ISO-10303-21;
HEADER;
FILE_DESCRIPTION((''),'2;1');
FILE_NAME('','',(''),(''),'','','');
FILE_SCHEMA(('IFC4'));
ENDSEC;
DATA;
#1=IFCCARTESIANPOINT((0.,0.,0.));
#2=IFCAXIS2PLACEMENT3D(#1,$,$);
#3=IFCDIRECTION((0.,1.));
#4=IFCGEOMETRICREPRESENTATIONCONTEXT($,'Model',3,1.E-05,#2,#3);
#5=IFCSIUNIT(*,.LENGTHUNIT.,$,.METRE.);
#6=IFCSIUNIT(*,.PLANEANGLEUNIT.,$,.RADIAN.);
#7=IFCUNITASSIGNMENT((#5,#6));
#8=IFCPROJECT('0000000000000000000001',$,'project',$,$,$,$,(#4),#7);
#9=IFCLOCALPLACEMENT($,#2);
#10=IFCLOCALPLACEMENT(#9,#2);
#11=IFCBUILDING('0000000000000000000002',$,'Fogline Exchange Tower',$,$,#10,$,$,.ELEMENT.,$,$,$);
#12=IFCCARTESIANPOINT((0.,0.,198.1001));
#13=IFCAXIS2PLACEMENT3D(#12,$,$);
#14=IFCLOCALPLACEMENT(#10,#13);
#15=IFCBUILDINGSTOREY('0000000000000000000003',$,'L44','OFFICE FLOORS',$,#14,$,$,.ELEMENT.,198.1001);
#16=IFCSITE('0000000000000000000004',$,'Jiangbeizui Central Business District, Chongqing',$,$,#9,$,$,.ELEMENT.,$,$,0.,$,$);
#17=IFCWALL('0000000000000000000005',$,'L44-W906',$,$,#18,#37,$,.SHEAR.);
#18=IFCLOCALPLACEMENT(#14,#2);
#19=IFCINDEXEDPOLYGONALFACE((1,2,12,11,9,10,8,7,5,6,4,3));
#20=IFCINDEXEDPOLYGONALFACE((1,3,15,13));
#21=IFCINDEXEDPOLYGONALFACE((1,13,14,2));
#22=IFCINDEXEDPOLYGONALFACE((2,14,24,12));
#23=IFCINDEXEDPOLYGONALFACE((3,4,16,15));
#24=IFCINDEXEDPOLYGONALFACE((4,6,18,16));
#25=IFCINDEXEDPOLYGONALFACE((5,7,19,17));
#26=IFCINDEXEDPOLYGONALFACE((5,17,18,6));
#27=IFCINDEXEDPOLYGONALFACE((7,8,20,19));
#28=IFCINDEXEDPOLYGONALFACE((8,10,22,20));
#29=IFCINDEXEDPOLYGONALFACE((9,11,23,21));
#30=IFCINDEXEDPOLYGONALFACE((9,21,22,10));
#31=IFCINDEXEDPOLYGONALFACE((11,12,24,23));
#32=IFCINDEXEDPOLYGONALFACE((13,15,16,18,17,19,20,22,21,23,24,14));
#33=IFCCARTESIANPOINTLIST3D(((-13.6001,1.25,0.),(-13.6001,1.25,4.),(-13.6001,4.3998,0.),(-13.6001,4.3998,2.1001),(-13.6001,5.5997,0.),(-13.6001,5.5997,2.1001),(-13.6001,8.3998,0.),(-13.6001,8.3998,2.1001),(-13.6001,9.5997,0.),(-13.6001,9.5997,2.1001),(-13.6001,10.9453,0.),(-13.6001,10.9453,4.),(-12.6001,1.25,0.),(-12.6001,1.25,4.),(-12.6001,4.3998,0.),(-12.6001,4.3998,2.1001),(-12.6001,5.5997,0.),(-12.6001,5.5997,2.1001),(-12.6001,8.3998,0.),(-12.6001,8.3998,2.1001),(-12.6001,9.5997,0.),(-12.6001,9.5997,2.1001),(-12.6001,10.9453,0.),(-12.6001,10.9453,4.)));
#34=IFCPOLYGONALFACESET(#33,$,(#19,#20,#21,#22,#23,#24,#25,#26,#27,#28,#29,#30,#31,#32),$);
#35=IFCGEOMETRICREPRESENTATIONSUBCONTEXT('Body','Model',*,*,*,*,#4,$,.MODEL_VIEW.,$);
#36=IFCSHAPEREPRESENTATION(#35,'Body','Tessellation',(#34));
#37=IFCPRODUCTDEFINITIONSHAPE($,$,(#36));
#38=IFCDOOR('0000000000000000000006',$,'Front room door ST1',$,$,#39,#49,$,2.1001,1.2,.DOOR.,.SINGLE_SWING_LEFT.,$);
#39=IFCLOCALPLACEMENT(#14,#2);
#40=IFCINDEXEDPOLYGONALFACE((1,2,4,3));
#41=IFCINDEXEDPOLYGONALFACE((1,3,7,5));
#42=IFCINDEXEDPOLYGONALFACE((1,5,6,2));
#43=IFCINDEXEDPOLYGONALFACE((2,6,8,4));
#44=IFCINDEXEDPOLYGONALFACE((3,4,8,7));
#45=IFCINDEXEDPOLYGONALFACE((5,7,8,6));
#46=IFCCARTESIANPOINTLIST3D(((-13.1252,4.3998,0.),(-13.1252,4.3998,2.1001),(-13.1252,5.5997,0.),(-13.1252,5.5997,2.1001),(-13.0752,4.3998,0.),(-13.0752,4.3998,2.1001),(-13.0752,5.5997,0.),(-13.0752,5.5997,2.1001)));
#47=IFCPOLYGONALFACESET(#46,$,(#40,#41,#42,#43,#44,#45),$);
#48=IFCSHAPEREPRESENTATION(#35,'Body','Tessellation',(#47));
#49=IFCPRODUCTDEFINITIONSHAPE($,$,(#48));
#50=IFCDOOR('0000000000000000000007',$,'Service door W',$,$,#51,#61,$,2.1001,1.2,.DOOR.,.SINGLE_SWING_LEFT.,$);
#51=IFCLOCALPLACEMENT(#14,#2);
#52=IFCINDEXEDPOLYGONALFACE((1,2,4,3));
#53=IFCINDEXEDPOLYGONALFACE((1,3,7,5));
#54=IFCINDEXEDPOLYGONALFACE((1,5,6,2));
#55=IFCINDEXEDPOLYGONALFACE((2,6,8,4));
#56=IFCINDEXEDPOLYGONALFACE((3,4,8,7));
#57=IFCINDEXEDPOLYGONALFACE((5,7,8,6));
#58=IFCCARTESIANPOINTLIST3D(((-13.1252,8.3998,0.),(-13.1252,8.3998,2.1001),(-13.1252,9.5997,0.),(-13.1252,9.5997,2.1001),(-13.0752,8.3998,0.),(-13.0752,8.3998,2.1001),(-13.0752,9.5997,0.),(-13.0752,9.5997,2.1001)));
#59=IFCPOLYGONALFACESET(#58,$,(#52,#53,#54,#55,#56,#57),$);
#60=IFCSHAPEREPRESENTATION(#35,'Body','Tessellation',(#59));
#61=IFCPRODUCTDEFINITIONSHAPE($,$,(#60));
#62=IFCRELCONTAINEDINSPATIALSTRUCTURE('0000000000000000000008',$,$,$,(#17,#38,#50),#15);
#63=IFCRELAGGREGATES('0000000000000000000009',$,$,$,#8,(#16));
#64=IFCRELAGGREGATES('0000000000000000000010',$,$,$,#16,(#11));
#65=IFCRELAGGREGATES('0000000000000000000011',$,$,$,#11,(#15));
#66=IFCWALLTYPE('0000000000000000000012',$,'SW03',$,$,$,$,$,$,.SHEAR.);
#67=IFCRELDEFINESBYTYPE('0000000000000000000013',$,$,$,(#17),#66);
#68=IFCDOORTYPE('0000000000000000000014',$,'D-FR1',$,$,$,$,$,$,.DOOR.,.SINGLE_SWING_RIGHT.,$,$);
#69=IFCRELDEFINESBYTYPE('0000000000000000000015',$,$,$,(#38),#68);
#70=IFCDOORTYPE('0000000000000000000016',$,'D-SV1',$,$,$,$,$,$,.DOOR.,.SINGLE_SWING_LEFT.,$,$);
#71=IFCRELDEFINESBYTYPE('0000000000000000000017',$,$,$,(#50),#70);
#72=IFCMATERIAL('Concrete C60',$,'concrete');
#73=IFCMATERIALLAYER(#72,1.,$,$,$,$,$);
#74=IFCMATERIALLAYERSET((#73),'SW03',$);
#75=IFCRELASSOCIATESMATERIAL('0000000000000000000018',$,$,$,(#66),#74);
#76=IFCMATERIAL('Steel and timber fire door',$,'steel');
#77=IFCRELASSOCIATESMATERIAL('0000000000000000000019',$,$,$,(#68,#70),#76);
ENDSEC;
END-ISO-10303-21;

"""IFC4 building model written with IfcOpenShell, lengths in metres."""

from ifc_helpers import new_model, si_unit, direction, frame, frame_2d, origin, place, context, subcontext, project, spatial, rectangle, extrude, material, layer, layer_set, type_object, element, fill, save


model = new_model("IFC4")

# Units and contexts
model_context = context("Model", 3, precision=1e-05, world=origin(), true_north=direction((0.0, 1.0)))
body_context = subcontext(model_context, "Body", "Model", "MODEL_VIEW")
ifc_project = project(units=[si_unit("LENGTHUNIT", "METRE"), si_unit("PLANEANGLEUNIT", "RADIAN")], contexts=[model_context])

# Site, building, storey
site_placement = place(None, origin())
site = spatial("IfcSite", under=ifc_project, at=site_placement, Name="Jiangbeizui Central Business District, Chongqing", CompositionType="ELEMENT", RefElevation=0.0)
building_placement = place(site_placement, origin())
building = spatial("IfcBuilding", under=site, at=building_placement, Name="Fogline Exchange Tower", CompositionType="ELEMENT")
storey_placement = place(building_placement, frame((0.0, 0.0, 198.1001)))
storey = spatial("IfcBuildingStorey", under=building, at=storey_placement, Name="L44", Description="OFFICE FLOORS", CompositionType="ELEMENT", Elevation=198.1001)

# Shared definitions
ifc_material_1 = material(Name="Steel and timber fire door", Category="steel")

# Shared definitions
ifc_material_2 = material(Name="Concrete C60", Category="concrete")
ifc_layer_1 = layer(ifc_material_2, 1.0)
ifc_layer_set_1 = layer_set([ifc_layer_1], Name="SW03")
wall_type_1 = type_object("IfcWallType", Name="SW03", PredefinedType="SHEAR", material=ifc_layer_set_1)

# Wall, openings, doors
wall_1_placement = place(storey_placement, frame((-13.1001, 10.9453, 0.0), z_axis=(0.0, 0.0, 1.0), x_axis=(0.0, -1.0, 0.0)))
wall_1 = element("IfcWall", 1, at=wall_1_placement, inside=storey, type_object=wall_type_1, Name="L44-W906", PredefinedType="SHEAR", context=body_context, shape_type="SweptSolid", body=[
    extrude(rectangle(XDim=9.6953, YDim=1.0, at=frame_2d((4.8477, 0.0))), origin(), (0.0, 0.0, 1.0), 4.0),
])
opening_1_placement = place(wall_1_placement, frame((5.3455, 0.0, 0.0)))
opening_1 = element("IfcOpeningElement", 2, at=opening_1_placement, cuts=wall_1, PredefinedType="OPENING", context=body_context, shape_type="SweptSolid", body=[
    extrude(rectangle(XDim=1.2, YDim=2.1001, at=frame_2d((0.6001, 1.05))), frame((0.0, 0.51, 0.0), z_axis=(0.0, -1.0, 0.0), x_axis=(1.0, 0.0, 0.0)), (0.0, 0.0, 1.0), 1.02),
])
opening_2_placement = place(wall_1_placement, frame((1.3455, 0.0, 0.0)))
opening_2 = element("IfcOpeningElement", 3, at=opening_2_placement, cuts=wall_1, PredefinedType="OPENING", context=body_context, shape_type="SweptSolid", body=[
    extrude(rectangle(XDim=1.2, YDim=2.1001, at=frame_2d((0.6001, 1.05))), frame((0.0, 0.51, 0.0), z_axis=(0.0, -1.0, 0.0), x_axis=(1.0, 0.0, 0.0)), (0.0, 0.0, 1.0), 1.02),
])
door_type_1 = type_object("IfcDoorType", Name="D-FR1", OperationType="SINGLE_SWING_RIGHT", PredefinedType="DOOR", material=ifc_material_1)
door_1_placement = place(opening_1_placement, origin())
door_1 = element("IfcDoor", 4, at=door_1_placement, inside=storey, type_object=door_type_1, Name="Front room door ST1", OperationType="SINGLE_SWING_LEFT", OverallHeight=2.1001, OverallWidth=1.2, PredefinedType="DOOR", context=body_context, shape_type="SweptSolid", body=[
    extrude(rectangle(XDim=1.2, YDim=2.1001, at=frame_2d((0.6001, 1.05))), frame((0.0, 0.0249, 0.0), z_axis=(0.0, -1.0, 0.0), x_axis=(1.0, 0.0, 0.0)), (0.0, 0.0, 1.0), 0.05),
])
fill(opening_1, door_1)
door_type_2 = type_object("IfcDoorType", Name="D-SV1", OperationType="SINGLE_SWING_LEFT", PredefinedType="DOOR", material=ifc_material_1)
door_2_placement = place(opening_2_placement, origin())
door_2 = element("IfcDoor", 5, at=door_2_placement, inside=storey, type_object=door_type_2, Name="Service door W", OperationType="SINGLE_SWING_LEFT", OverallHeight=2.1001, OverallWidth=1.2, PredefinedType="DOOR", context=body_context, shape_type="SweptSolid", body=[
    extrude(rectangle(XDim=1.2, YDim=2.1001, at=frame_2d((0.6001, 1.05))), frame((0.0, 0.0249, 0.0), z_axis=(0.0, -1.0, 0.0), x_axis=(1.0, 0.0, 0.0)), (0.0, 0.0, 1.0), 0.05),
])
fill(opening_2, door_2)

save(model, "model.ifc")
